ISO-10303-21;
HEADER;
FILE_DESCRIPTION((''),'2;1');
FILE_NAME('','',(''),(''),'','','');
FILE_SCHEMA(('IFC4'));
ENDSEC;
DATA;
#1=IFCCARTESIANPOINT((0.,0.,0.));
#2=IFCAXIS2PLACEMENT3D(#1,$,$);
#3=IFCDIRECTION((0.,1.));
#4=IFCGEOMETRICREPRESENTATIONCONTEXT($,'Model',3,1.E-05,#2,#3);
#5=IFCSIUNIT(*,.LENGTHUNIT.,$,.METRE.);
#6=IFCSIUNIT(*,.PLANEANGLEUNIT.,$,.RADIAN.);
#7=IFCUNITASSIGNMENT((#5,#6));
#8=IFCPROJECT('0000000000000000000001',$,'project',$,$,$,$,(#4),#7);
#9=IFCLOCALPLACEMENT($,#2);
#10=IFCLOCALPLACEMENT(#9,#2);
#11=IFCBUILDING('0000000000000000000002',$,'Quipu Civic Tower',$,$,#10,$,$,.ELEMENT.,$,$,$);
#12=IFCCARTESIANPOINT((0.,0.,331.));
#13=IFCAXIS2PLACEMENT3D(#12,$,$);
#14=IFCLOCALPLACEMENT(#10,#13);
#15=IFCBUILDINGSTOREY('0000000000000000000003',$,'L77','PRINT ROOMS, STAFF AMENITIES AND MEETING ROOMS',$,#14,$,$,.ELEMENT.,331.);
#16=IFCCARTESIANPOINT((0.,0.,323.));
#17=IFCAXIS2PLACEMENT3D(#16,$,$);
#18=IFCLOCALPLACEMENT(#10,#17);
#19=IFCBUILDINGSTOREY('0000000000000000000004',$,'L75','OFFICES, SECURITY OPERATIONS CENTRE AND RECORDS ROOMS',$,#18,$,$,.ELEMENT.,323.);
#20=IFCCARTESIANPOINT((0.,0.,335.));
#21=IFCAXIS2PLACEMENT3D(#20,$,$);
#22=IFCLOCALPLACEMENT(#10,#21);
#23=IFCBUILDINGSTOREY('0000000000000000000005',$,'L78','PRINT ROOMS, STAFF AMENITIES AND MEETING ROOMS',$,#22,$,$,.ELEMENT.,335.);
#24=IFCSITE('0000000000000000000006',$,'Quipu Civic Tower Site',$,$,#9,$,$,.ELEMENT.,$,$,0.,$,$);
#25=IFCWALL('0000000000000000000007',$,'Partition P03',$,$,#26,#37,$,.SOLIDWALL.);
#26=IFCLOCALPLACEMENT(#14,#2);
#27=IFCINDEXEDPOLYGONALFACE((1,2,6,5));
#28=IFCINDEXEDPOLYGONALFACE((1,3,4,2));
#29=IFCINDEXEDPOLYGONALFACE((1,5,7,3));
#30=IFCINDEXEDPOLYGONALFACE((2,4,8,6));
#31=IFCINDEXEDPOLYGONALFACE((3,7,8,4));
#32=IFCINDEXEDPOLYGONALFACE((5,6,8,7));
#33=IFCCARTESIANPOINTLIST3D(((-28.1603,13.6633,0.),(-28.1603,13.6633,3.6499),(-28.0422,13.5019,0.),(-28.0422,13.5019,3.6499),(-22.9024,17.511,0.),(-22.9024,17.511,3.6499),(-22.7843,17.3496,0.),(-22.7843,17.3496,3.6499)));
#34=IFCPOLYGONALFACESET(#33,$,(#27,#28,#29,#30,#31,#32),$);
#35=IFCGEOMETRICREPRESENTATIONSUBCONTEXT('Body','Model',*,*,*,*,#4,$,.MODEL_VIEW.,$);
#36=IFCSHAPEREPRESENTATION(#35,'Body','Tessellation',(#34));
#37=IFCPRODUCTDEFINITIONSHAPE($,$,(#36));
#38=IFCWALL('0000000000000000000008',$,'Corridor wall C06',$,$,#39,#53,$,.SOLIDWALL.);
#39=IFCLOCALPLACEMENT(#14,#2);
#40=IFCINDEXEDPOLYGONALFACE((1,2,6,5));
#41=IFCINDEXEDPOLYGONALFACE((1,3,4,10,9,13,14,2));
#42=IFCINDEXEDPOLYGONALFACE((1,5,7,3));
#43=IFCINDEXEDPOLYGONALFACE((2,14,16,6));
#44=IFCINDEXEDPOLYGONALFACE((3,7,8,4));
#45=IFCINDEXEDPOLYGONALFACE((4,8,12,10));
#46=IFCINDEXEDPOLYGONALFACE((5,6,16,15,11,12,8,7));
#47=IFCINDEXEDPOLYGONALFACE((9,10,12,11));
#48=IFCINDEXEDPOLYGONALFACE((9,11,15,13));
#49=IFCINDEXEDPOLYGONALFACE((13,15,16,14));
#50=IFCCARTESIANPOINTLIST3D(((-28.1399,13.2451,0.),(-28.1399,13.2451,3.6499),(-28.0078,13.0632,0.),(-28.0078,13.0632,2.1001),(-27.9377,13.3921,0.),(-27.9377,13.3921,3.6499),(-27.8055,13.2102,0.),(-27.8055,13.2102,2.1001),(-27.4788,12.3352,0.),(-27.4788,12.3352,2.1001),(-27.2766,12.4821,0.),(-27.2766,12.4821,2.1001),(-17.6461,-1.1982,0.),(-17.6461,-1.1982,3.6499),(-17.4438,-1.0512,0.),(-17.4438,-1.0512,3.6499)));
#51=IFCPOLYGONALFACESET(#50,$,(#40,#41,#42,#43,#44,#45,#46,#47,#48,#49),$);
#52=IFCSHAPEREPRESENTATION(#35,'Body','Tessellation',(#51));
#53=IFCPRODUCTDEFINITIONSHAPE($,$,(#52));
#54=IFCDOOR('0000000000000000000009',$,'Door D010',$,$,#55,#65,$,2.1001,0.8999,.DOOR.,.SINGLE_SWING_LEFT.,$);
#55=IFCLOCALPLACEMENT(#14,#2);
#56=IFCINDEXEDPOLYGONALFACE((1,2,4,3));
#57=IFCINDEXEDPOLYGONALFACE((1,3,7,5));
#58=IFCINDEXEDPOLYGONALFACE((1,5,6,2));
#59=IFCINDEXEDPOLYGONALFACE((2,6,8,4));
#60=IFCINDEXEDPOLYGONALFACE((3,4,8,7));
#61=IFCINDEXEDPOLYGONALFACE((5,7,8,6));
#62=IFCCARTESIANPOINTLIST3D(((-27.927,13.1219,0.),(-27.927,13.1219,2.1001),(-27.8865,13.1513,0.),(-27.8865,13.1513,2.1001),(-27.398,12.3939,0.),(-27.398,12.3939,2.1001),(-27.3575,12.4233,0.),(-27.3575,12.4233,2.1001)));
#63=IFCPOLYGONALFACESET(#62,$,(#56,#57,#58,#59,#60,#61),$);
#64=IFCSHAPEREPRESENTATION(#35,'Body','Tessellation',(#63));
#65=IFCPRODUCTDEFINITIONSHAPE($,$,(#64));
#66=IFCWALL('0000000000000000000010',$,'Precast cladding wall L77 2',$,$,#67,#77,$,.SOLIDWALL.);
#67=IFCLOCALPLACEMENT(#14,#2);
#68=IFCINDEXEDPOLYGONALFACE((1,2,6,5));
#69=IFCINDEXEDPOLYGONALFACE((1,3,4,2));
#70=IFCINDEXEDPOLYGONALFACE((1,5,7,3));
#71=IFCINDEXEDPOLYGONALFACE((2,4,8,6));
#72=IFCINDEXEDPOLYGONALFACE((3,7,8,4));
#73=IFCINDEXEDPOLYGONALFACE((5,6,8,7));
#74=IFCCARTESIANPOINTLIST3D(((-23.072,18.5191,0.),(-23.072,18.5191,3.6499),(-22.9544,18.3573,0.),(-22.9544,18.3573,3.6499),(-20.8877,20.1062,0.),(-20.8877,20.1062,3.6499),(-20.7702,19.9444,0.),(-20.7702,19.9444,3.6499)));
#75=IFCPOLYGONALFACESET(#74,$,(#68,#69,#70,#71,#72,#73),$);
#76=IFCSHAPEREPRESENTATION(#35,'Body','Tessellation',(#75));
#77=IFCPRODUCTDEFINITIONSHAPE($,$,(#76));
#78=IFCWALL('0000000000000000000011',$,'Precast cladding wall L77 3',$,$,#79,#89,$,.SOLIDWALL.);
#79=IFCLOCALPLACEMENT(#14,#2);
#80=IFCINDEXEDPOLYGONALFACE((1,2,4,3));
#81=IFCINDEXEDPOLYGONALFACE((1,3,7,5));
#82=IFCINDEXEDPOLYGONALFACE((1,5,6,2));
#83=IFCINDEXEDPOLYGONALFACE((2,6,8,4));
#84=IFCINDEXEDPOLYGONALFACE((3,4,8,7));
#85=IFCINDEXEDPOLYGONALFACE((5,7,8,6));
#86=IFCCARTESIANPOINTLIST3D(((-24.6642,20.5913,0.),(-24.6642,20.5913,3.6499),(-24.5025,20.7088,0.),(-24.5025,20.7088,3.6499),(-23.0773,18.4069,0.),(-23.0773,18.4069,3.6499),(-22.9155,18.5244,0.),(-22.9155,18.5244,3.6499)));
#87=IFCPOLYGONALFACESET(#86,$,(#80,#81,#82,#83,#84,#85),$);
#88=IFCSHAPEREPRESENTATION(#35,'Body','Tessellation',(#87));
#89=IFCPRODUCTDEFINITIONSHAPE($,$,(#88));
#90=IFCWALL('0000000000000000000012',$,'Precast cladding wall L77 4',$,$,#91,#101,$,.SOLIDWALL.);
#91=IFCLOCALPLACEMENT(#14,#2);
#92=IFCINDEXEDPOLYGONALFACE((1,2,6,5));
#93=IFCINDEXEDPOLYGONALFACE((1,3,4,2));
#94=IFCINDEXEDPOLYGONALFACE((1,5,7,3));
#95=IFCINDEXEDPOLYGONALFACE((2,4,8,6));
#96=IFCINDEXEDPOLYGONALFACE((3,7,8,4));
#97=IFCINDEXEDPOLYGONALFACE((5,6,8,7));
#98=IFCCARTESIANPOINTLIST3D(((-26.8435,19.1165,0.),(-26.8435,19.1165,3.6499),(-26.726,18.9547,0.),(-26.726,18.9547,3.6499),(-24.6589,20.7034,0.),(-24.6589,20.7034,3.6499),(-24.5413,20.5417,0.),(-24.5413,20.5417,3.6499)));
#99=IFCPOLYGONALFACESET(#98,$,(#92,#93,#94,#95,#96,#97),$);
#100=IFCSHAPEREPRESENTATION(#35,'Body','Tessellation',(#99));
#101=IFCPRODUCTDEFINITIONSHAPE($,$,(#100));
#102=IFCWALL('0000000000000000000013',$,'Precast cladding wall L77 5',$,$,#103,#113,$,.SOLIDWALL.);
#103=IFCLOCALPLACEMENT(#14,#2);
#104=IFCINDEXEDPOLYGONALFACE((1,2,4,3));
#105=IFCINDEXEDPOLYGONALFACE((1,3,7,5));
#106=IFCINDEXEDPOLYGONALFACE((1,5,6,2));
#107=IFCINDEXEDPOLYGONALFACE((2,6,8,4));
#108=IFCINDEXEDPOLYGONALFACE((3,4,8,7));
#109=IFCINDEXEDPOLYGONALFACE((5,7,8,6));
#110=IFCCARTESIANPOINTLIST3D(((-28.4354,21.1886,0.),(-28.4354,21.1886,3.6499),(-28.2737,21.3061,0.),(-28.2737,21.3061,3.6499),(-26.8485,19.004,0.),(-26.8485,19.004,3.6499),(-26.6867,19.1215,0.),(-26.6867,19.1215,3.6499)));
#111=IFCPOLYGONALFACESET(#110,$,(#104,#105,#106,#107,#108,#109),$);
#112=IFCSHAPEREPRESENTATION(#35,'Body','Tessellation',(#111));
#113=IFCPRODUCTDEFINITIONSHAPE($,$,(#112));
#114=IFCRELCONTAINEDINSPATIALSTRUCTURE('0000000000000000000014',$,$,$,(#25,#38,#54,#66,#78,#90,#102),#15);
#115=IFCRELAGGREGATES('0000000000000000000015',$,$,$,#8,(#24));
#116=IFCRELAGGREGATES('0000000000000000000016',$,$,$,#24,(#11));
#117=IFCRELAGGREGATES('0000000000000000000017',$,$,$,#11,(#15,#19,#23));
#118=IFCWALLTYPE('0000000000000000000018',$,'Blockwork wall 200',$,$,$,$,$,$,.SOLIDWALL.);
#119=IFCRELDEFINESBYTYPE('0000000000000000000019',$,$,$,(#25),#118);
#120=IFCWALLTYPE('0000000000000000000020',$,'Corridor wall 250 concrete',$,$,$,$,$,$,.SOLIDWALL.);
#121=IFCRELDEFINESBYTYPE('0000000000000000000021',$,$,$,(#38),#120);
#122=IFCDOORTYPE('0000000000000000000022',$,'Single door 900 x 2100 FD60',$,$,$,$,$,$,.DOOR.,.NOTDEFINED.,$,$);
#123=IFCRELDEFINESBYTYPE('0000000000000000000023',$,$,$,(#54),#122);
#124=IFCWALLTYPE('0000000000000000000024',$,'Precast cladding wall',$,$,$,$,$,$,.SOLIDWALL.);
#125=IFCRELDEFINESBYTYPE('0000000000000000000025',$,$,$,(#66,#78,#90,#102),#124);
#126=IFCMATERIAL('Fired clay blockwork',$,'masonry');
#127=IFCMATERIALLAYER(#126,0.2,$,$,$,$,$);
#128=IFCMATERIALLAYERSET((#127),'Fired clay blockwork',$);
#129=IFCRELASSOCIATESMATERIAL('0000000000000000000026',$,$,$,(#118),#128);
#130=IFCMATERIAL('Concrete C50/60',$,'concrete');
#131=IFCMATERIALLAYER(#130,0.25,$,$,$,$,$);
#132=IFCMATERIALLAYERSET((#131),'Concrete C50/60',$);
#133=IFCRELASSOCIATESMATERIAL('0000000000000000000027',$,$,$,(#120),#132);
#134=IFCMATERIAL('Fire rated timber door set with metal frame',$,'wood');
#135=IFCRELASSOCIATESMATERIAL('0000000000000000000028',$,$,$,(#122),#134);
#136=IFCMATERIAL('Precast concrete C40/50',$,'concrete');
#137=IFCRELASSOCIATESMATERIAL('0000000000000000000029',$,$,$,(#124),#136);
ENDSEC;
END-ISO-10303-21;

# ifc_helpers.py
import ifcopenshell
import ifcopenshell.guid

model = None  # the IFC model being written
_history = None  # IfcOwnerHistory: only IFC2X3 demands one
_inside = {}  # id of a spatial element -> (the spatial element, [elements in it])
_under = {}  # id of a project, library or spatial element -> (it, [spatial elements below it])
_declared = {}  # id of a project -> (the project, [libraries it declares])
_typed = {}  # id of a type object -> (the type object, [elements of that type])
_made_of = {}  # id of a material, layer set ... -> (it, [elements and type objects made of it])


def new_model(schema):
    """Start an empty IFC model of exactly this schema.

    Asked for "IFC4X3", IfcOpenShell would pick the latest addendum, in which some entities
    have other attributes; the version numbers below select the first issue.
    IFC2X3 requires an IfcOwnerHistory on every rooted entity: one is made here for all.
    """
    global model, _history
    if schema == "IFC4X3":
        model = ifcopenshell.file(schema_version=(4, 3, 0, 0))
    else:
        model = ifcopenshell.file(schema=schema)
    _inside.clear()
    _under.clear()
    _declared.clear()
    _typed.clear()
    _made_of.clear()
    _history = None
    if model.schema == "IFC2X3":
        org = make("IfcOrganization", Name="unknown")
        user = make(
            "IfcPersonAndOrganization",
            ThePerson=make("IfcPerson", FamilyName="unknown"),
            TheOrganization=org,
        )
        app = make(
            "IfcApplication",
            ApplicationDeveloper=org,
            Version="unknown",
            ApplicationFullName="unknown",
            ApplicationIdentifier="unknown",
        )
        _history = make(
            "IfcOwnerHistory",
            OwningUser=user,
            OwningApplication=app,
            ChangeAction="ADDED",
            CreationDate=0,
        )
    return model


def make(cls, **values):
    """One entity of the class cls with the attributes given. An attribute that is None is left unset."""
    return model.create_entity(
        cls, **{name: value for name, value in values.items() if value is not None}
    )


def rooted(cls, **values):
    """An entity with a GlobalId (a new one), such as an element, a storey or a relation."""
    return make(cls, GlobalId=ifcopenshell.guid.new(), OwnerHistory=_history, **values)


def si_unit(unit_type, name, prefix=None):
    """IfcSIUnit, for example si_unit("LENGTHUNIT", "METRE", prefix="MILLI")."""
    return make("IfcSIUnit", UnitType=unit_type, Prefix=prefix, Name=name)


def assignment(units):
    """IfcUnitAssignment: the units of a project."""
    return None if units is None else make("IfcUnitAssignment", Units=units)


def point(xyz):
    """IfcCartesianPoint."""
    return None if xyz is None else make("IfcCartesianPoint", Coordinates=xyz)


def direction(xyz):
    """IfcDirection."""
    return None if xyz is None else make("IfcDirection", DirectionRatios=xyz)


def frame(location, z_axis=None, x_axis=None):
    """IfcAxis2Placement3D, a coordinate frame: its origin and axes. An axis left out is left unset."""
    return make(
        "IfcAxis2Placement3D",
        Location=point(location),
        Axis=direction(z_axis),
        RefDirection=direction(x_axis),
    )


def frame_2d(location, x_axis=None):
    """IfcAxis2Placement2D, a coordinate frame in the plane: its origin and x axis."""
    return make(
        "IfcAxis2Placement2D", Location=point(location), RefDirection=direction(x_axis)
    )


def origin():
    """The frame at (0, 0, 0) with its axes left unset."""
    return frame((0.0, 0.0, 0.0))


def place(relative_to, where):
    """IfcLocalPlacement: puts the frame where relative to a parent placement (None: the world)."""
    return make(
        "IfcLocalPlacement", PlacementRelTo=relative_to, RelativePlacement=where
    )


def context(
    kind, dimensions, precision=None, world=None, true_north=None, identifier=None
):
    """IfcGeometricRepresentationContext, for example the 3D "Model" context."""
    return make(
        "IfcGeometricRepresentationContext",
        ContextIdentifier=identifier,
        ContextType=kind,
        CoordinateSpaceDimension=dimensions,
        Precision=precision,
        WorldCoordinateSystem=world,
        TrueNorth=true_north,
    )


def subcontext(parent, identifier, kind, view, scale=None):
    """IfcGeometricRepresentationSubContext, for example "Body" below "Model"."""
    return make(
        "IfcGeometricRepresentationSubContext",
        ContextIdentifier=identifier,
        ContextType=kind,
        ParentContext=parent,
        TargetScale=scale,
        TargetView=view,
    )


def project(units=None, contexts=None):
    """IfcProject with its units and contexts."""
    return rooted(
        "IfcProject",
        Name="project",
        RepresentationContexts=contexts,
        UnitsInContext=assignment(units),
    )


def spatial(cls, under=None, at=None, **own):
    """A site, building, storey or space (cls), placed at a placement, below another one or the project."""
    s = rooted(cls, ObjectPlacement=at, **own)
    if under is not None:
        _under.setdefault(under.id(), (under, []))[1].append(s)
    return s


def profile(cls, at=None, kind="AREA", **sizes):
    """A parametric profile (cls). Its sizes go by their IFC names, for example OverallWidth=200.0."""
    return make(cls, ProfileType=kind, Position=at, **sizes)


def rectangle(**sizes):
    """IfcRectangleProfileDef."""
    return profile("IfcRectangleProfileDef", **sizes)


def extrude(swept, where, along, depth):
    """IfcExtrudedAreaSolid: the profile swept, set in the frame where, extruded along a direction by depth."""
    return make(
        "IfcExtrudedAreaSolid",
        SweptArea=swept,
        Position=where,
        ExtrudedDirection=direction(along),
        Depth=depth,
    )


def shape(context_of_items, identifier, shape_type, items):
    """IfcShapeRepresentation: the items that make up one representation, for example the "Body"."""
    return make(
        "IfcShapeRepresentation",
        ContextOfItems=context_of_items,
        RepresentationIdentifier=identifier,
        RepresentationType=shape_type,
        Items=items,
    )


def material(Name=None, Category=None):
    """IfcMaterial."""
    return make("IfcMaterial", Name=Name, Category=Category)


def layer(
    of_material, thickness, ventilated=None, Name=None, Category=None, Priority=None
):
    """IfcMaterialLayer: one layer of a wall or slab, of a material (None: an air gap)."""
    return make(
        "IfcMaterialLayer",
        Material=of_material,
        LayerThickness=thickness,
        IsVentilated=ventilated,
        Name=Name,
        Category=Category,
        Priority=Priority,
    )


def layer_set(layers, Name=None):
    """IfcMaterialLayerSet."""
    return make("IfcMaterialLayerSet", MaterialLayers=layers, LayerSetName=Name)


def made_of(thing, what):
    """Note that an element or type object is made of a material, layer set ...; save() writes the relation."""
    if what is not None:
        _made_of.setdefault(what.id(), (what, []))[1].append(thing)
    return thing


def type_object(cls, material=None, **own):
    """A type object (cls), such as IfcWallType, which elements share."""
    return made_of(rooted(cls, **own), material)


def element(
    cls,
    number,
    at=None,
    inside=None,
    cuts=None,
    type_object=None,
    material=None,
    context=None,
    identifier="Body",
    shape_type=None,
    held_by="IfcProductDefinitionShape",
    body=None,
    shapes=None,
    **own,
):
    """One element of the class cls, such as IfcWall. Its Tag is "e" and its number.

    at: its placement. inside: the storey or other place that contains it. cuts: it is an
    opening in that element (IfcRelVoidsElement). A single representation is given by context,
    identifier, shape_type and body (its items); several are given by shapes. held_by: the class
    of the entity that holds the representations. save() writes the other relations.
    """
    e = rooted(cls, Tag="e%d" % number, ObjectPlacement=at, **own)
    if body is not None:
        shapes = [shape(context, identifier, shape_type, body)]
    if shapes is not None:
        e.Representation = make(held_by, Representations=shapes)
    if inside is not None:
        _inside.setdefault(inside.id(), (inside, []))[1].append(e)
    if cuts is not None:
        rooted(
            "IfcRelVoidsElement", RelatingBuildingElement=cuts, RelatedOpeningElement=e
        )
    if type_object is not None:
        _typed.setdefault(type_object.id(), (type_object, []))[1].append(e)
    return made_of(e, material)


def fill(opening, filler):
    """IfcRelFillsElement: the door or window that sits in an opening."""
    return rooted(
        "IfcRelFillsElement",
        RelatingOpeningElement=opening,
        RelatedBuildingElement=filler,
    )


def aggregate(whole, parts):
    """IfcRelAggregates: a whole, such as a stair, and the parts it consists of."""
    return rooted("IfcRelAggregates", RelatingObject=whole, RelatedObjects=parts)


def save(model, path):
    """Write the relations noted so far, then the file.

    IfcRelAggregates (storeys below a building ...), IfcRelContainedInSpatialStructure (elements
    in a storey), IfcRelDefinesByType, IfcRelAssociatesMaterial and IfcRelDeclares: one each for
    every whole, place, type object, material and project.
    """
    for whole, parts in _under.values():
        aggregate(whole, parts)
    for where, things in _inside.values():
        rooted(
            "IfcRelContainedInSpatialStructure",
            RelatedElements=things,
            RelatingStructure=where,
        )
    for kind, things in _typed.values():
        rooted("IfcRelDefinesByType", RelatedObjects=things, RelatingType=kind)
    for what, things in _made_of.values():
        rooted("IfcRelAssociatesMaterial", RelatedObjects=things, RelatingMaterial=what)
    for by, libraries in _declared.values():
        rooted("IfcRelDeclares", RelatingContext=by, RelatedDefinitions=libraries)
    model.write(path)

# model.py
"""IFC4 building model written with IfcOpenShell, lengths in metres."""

from ifc_helpers import new_model, si_unit, direction, frame, frame_2d, origin, place, context, subcontext, project, spatial, rectangle, extrude, material, layer, layer_set, type_object, element, fill, save


model = new_model("IFC4")

# Units and contexts
model_context = context("Model", 3, precision=1e-05, world=origin(), true_north=direction((0.0, 1.0)))
body_context = subcontext(model_context, "Body", "Model", "MODEL_VIEW")
ifc_project = project(units=[si_unit("LENGTHUNIT", "METRE"), si_unit("PLANEANGLEUNIT", "RADIAN")], contexts=[model_context])

# Site, building, storey
site_placement = place(None, origin())
site = spatial("IfcSite", under=ifc_project, at=site_placement, Name="Quipu Civic Tower Site", CompositionType="ELEMENT", RefElevation=0.0)
building_placement = place(site_placement, origin())
building = spatial("IfcBuilding", under=site, at=building_placement, Name="Quipu Civic Tower", CompositionType="ELEMENT")
storey_1_placement = place(building_placement, frame((0.0, 0.0, 331.0)))
storey_1 = spatial("IfcBuildingStorey", under=building, at=storey_1_placement, Name="L77", Description="PRINT ROOMS, STAFF AMENITIES AND MEETING ROOMS", CompositionType="ELEMENT", Elevation=331.0)

# Shared definitions
storey_2_placement = place(building_placement, frame((0.0, 0.0, 323.0)))
storey_2 = spatial("IfcBuildingStorey", under=building, at=storey_2_placement, Name="L75", Description="OFFICES, SECURITY OPERATIONS CENTRE AND RECORDS ROOMS", CompositionType="ELEMENT", Elevation=323.0)

# Shared definitions
storey_3_placement = place(building_placement, frame((0.0, 0.0, 335.0)))
storey_3 = spatial("IfcBuildingStorey", under=building, at=storey_3_placement, Name="L78", Description="PRINT ROOMS, STAFF AMENITIES AND MEETING ROOMS", CompositionType="ELEMENT", Elevation=335.0)

# Wall
ifc_material_1 = material(Name="Fired clay blockwork", Category="masonry")
ifc_layer_1 = layer(ifc_material_1, 0.2)
ifc_layer_set_1 = layer_set([ifc_layer_1], Name="Fired clay blockwork")
wall_type_1 = type_object("IfcWallType", Name="Blockwork wall 200", PredefinedType="SOLIDWALL", material=ifc_layer_set_1)
wall_1_placement = place(storey_1_placement, frame((-28.1013, 13.5825, 0.0), z_axis=(0.0, 0.0, 1.0), x_axis=(0.806995, 0.590558, 0.0)))
element("IfcWall", 1, at=wall_1_placement, inside=storey_1, type_object=wall_type_1, Name="Partition P03", PredefinedType="SOLIDWALL", context=body_context, shape_type="SweptSolid", body=[
    extrude(rectangle(XDim=6.5154, YDim=0.2, at=frame_2d((3.2578, 0.0))), origin(), (0.0, 0.0, 1.0), 3.6499),
])

# Wall, opening, door
ifc_material_2 = material(Name="Concrete C50/60", Category="concrete")
ifc_layer_2 = layer(ifc_material_2, 0.25)
ifc_layer_set_2 = layer_set([ifc_layer_2], Name="Concrete C50/60")
wall_type_2 = type_object("IfcWallType", Name="Corridor wall 250 concrete", PredefinedType="SOLIDWALL", material=ifc_layer_set_2)
wall_2_placement = place(storey_1_placement, frame((-28.0388, 13.3186, 0.0), z_axis=(0.0, 0.0, 1.0), x_axis=(0.587792, -0.809012, 0.0)))
wall_2 = element("IfcWall", 2, at=wall_2_placement, inside=storey_1, type_object=wall_type_2, Name="Corridor wall C06", PredefinedType="SOLIDWALL", context=body_context, shape_type="SweptSolid", body=[
    extrude(rectangle(XDim=17.853, YDim=0.25, at=frame_2d((8.9265, 0.0))), origin(), (0.0, 0.0, 1.0), 3.6499),
])
opening_placement = place(wall_2_placement, frame((0.2249, 0.0, 0.0)))
opening = element("IfcOpeningElement", 3, at=opening_placement, cuts=wall_2, PredefinedType="OPENING", context=body_context, shape_type="SweptSolid", body=[
    extrude(rectangle(XDim=0.8999, YDim=2.1001, at=frame_2d((0.45, 1.05))), frame((0.0, 0.135, 0.0), z_axis=(0.0, -1.0, 0.0), x_axis=(1.0, 0.0, 0.0)), (0.0, 0.0, 1.0), 0.27),
])
ifc_material_3 = material(Name="Fire rated timber door set with metal frame", Category="wood")
door_type = type_object("IfcDoorType", Name="Single door 900 x 2100 FD60", OperationType="NOTDEFINED", PredefinedType="DOOR", material=ifc_material_3)
door_placement = place(opening_placement, origin())
door = element("IfcDoor", 4, at=door_placement, inside=storey_1, type_object=door_type, Name="Door D010", OperationType="SINGLE_SWING_LEFT", OverallHeight=2.1001, OverallWidth=0.8999, PredefinedType="DOOR", context=body_context, shape_type="SweptSolid", body=[
    extrude(rectangle(XDim=0.8999, YDim=2.1001, at=frame_2d((0.45, 1.05))), frame((0.0, 0.0249, 0.0), z_axis=(0.0, -1.0, 0.0), x_axis=(1.0, 0.0, 0.0)), (0.0, 0.0, 1.0), 0.05),
])
fill(opening, door)

# Walls
ifc_material_4 = material(Name="Precast concrete C40/50", Category="concrete")
wall_type_3 = type_object("IfcWallType", Name="Precast cladding wall", PredefinedType="SOLIDWALL", material=ifc_material_4)
for number, where, z_axis, x_axis, name in (
    (5, (-20.8289, 20.0254, 0.0), (0.0, 0.0, 1.0), (-0.80899, -0.587822, 0.0), "Precast cladding wall L77 2"),
    (6, (-22.9963, 18.4656, 0.0), (0.0, 0.0, 1.0), (-0.587763, 0.809033, 0.0), "Precast cladding wall L77 3"),
):
    element("IfcWall", number, at=place(storey_1_placement, frame(where, z_axis=z_axis, x_axis=x_axis)), inside=storey_1, type_object=wall_type_3, Name=name, PredefinedType="SOLIDWALL", context=body_context, shape_type="SweptSolid", body=[
        extrude(rectangle(XDim=2.7, YDim=0.2, at=frame_2d((1.3501, 0.0))), origin(), (0.0, 0.0, 1.0), 3.6499),
    ])
for number, where, z_axis, x_axis, name in (
    (7, (-24.6001, 20.6226, 0.0), (0.0, 0.0, 1.0), (-0.809064, -0.58772, 0.0), "Precast cladding wall L77 4"),
    (8, (-26.7676, 19.0627, 0.0), (0.0, 0.0, 1.0), (-0.58772, 0.809064, 0.0), "Precast cladding wall L77 5"),
):
    element("IfcWall", number, at=place(storey_1_placement, frame(where, z_axis=z_axis, x_axis=x_axis)), inside=storey_1, type_object=wall_type_3, Name=name, PredefinedType="SOLIDWALL", context=body_context, shape_type="SweptSolid", body=[
        extrude(rectangle(XDim=2.7002, YDim=0.2, at=frame_2d((1.3501, 0.0))), origin(), (0.0, 0.0, 1.0), 3.6499),
    ])

save(model, "model.ifc")
